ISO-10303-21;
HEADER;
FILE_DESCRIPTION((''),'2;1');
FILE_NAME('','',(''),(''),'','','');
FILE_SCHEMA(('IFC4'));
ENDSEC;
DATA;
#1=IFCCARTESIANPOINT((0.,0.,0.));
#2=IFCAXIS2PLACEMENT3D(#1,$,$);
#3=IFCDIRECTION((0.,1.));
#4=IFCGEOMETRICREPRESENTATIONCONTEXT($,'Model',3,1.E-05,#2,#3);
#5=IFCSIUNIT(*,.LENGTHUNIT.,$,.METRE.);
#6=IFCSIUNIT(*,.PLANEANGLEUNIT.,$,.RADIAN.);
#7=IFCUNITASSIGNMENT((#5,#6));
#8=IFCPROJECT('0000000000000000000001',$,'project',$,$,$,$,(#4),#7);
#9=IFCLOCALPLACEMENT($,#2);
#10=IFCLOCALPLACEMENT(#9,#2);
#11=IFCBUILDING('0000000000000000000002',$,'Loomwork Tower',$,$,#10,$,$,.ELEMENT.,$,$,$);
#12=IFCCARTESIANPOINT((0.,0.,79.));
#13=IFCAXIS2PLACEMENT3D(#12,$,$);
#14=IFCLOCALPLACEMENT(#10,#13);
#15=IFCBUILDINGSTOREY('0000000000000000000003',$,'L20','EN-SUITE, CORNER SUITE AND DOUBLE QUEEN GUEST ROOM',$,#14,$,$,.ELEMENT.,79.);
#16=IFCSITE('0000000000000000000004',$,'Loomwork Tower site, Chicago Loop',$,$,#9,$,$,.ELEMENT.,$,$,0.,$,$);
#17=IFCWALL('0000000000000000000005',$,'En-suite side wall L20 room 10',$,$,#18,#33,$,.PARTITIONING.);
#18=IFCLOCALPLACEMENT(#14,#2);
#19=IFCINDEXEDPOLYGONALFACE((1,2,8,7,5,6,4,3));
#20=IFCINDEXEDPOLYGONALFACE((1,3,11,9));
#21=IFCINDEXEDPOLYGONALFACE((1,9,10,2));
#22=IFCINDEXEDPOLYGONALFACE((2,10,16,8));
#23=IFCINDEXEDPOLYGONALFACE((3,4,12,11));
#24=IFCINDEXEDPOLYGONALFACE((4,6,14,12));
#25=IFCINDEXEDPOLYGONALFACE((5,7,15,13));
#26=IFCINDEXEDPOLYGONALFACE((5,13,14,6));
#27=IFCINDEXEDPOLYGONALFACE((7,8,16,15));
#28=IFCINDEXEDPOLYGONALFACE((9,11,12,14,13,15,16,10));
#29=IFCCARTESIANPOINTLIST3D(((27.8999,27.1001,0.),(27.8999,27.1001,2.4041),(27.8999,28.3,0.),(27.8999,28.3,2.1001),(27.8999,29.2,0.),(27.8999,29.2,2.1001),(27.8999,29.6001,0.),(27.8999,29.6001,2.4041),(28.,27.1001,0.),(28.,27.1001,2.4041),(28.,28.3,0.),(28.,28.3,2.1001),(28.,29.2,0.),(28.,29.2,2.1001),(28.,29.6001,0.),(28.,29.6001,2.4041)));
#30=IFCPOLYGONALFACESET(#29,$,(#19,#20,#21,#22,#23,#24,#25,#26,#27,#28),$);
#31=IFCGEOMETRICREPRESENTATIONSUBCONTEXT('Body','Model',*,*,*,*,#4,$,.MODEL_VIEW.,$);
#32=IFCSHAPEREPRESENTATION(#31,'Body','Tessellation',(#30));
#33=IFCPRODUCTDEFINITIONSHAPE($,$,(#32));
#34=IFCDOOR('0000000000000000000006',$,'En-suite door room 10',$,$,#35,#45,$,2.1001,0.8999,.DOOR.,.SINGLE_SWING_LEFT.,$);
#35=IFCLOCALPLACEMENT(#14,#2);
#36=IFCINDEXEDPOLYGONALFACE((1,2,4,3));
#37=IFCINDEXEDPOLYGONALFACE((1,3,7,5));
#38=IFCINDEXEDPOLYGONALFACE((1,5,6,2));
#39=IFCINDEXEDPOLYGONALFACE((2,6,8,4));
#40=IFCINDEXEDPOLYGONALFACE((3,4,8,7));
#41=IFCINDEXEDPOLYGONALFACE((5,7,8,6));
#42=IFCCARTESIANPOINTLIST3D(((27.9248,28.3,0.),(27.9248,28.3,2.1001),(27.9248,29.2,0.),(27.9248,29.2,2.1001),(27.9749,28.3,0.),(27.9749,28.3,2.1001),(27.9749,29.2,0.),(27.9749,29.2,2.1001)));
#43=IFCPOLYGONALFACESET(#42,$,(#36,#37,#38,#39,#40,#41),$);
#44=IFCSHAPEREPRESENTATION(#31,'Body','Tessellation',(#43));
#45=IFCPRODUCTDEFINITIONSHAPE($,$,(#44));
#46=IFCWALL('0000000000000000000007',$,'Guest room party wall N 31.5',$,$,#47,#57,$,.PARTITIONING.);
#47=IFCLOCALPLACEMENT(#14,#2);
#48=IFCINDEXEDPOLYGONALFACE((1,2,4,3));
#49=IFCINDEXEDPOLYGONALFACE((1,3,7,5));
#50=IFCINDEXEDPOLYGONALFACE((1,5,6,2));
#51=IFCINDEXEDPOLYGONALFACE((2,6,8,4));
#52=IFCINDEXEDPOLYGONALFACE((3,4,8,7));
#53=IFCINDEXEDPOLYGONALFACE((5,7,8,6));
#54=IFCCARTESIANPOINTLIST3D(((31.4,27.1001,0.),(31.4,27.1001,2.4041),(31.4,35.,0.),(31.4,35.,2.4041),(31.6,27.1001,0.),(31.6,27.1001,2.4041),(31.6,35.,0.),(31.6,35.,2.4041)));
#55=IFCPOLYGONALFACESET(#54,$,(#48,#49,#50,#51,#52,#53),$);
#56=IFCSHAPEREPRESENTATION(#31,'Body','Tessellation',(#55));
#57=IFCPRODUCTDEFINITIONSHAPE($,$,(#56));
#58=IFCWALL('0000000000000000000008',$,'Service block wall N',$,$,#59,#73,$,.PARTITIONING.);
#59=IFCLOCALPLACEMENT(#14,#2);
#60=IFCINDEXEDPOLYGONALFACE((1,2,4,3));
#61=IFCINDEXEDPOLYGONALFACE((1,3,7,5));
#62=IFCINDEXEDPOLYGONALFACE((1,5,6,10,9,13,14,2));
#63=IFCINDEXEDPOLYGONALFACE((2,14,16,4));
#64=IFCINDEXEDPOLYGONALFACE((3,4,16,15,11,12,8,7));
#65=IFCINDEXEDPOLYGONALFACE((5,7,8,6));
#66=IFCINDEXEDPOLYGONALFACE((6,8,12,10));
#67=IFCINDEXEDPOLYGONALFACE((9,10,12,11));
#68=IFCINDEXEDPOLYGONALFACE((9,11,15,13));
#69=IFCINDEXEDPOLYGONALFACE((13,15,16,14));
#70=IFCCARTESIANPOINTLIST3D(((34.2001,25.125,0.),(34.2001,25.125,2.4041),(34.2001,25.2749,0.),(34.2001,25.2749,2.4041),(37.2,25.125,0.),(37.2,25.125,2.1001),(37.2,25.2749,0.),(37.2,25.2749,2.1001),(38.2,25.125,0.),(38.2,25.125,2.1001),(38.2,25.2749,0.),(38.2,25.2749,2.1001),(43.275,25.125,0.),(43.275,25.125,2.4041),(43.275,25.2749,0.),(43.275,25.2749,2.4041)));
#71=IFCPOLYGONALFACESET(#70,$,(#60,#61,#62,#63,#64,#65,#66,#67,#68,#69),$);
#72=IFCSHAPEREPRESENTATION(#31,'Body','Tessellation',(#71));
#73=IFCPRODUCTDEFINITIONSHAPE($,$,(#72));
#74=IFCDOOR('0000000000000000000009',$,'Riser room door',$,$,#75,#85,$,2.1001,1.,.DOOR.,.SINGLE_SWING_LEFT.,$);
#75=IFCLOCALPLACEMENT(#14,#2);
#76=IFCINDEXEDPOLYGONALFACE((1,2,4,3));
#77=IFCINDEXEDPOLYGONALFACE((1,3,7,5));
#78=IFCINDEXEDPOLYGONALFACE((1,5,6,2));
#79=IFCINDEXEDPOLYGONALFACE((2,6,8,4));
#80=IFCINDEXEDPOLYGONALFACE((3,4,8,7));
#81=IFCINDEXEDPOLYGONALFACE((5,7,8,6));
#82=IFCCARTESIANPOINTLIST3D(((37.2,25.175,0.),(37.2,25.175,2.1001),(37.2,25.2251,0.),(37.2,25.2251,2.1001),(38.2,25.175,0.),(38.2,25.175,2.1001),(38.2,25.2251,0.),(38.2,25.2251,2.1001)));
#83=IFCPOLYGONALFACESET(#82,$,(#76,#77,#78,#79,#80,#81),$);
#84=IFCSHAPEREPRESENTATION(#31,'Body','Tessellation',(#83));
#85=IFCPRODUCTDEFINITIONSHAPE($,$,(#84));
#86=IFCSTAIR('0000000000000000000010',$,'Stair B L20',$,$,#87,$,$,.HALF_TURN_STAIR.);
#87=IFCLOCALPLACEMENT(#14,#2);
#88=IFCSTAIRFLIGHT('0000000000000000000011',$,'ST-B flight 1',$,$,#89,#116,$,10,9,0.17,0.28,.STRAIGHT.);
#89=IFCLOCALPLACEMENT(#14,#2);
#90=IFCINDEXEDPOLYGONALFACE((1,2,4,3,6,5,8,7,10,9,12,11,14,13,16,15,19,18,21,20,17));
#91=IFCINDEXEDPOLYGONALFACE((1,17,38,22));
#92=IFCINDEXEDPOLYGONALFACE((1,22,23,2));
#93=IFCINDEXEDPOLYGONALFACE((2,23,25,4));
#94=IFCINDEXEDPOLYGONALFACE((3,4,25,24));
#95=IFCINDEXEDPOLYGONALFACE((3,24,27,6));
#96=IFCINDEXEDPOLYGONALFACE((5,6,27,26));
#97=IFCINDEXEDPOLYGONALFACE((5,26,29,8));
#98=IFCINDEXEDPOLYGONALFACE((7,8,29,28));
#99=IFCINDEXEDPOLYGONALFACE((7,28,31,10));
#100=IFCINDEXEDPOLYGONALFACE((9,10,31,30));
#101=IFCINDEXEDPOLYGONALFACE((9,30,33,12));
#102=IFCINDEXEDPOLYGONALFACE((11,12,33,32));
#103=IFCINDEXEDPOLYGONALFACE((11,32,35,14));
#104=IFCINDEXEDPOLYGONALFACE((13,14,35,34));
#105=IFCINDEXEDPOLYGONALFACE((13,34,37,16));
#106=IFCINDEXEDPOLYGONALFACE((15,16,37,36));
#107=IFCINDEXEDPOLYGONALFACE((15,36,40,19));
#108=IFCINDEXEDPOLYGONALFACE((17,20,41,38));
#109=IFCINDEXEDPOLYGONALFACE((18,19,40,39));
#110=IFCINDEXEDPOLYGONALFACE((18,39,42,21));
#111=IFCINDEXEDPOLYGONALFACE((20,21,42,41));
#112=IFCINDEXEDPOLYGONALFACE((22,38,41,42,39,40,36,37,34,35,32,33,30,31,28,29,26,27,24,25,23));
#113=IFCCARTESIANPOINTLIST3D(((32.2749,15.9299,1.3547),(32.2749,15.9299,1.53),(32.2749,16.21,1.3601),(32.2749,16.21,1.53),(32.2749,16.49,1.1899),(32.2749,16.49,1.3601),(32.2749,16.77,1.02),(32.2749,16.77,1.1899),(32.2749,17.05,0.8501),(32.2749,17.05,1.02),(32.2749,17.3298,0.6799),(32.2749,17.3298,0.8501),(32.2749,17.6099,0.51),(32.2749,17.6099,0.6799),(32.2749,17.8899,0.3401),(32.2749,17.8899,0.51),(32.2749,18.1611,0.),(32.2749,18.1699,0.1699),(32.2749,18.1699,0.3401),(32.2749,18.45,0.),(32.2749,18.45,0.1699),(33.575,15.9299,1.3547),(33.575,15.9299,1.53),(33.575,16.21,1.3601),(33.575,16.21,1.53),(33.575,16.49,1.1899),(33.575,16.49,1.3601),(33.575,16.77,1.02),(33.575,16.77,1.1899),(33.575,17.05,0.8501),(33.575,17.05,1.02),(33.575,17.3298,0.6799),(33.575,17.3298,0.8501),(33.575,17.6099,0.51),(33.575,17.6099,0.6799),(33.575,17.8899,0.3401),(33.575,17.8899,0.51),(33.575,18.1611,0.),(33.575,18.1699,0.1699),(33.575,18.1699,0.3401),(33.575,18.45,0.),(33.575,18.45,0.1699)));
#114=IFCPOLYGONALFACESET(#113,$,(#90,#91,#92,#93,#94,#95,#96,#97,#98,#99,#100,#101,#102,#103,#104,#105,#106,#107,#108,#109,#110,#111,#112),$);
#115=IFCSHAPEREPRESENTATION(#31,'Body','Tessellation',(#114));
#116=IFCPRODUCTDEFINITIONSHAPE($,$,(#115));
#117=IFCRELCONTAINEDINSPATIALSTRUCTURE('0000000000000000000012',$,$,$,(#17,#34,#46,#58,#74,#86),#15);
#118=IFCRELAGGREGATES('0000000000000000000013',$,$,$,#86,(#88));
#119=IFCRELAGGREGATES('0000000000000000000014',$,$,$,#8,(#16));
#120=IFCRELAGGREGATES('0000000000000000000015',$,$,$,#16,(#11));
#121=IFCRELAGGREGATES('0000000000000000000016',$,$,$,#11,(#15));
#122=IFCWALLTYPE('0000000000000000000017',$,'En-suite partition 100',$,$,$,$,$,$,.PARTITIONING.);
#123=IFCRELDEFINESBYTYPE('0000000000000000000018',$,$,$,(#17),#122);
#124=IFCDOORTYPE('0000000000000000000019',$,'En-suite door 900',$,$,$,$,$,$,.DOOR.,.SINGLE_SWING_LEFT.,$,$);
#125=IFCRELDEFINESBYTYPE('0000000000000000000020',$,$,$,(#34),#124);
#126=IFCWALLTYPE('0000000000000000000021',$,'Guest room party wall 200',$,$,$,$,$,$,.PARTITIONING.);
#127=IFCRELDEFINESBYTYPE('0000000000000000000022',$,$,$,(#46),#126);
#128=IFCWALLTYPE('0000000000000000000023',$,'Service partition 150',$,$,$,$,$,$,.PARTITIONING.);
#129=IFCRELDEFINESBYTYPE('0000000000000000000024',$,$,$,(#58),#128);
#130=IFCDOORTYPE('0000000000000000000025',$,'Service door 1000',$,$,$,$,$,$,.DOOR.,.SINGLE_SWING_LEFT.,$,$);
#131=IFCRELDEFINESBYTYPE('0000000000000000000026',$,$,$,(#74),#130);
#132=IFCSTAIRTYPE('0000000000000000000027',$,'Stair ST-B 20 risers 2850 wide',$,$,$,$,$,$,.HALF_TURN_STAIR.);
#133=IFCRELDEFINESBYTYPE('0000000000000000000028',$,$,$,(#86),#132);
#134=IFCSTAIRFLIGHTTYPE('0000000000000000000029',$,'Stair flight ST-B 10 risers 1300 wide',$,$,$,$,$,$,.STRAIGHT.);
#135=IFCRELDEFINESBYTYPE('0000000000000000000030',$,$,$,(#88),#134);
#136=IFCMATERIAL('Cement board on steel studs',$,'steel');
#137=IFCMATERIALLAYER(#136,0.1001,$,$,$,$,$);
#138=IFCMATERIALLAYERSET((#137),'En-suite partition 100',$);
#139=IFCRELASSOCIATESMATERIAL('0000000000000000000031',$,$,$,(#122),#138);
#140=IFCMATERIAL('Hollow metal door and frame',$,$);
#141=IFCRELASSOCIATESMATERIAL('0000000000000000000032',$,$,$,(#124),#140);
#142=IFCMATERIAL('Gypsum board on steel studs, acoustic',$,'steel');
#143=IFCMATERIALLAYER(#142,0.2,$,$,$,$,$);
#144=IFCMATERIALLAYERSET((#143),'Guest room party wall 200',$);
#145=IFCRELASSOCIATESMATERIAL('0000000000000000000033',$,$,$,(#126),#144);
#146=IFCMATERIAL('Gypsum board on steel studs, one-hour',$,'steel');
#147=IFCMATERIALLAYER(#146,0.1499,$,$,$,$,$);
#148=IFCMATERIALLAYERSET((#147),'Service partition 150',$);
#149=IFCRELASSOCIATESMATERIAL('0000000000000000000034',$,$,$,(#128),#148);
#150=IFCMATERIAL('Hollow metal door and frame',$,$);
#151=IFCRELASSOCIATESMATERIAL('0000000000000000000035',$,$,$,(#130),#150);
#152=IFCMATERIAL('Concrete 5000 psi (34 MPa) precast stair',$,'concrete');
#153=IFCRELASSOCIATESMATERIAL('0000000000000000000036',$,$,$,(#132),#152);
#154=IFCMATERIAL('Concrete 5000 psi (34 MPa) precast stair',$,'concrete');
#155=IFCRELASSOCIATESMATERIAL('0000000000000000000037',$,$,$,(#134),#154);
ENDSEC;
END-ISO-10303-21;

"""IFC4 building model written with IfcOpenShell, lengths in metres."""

from ifc_helpers import new_model, si_unit, direction, frame, frame_2d, origin, place, context, subcontext, project, spatial, polyline, rectangle, outline, extrude, material, layer, layer_set, type_object, element, fill, aggregate, save


model = new_model("IFC4")

# Units and contexts
model_context = context("Model", 3, precision=1e-05, world=origin(), true_north=direction((0.0, 1.0)))
body_context = subcontext(model_context, "Body", "Model", "MODEL_VIEW")
ifc_project = project(units=[si_unit("LENGTHUNIT", "METRE"), si_unit("PLANEANGLEUNIT", "RADIAN")], contexts=[model_context])

# Site, building, storey
site_placement = place(None, origin())
site = spatial("IfcSite", under=ifc_project, at=site_placement, Name="Loomwork Tower site, Chicago Loop", CompositionType="ELEMENT", RefElevation=0.0)
building_placement = place(site_placement, origin())
building = spatial("IfcBuilding", under=site, at=building_placement, Name="Loomwork Tower", CompositionType="ELEMENT")
storey_placement = place(building_placement, frame((0.0, 0.0, 79.0)))
storey = spatial("IfcBuildingStorey", under=building, at=storey_placement, Name="L20", Description="EN-SUITE, CORNER SUITE AND DOUBLE QUEEN GUEST ROOM", CompositionType="ELEMENT", Elevation=79.0)

# Shared definitions
ifc_material_1 = material(Name="Cement board on steel studs", Category="steel")
ifc_layer_1 = layer(ifc_material_1, 0.1001)
ifc_layer_set_1 = layer_set([ifc_layer_1], Name="En-suite partition 100")
wall_type_1 = type_object("IfcWallType", Name="En-suite partition 100", PredefinedType="PARTITIONING", material=ifc_layer_set_1)

# Wall, opening, door
wall_1_placement = place(storey_placement, frame((27.95, 27.1001, 0.0), z_axis=(0.0, 0.0, 1.0), x_axis=(0.0, 1.0, 0.0)))
wall_1 = element("IfcWall", 1, at=wall_1_placement, inside=storey, type_object=wall_type_1, Name="En-suite side wall L20 room 10", PredefinedType="PARTITIONING", context=body_context, shape_type="SweptSolid", body=[
    extrude(rectangle(XDim=2.5, YDim=0.1001, at=frame_2d((1.25, 0.0))), origin(), (0.0, 0.0, 1.0), 2.4041),
])
opening_1_placement = place(wall_1_placement, frame((1.2, 0.0, 0.0)))
opening_1 = element("IfcOpeningElement", 2, at=opening_1_placement, cuts=wall_1, PredefinedType="OPENING", context=body_context, shape_type="SweptSolid", body=[
    extrude(rectangle(XDim=0.8999, YDim=2.1001, at=frame_2d((0.45, 1.05))), frame((0.0, 0.0601, 0.0), z_axis=(0.0, -1.0, 0.0), x_axis=(1.0, 0.0, 0.0)), (0.0, 0.0, 1.0), 0.1201),
])
ifc_material_2 = material(Name="Hollow metal door and frame")
door_type_1 = type_object("IfcDoorType", Name="En-suite door 900", OperationType="SINGLE_SWING_LEFT", PredefinedType="DOOR", material=ifc_material_2)
door_1_placement = place(opening_1_placement, frame((0.8999, 0.0, 0.0), z_axis=(0.0, 0.0, 1.0), x_axis=(-1.0, 0.0, 0.0)))
door_1 = element("IfcDoor", 3, at=door_1_placement, inside=storey, type_object=door_type_1, Name="En-suite door room 10", OperationType="SINGLE_SWING_LEFT", OverallHeight=2.1001, OverallWidth=0.8999, PredefinedType="DOOR", context=body_context, shape_type="SweptSolid", body=[
    extrude(rectangle(XDim=0.8999, YDim=2.1001, at=frame_2d((0.45, 1.05))), frame((0.0, 0.0249, 0.0), z_axis=(0.0, -1.0, 0.0), x_axis=(1.0, 0.0, 0.0)), (0.0, 0.0, 1.0), 0.05),
])
fill(opening_1, door_1)

# Wall
ifc_material_3 = material(Name="Gypsum board on steel studs, acoustic", Category="steel")
ifc_layer_2 = layer(ifc_material_3, 0.2)
ifc_layer_set_2 = layer_set([ifc_layer_2], Name="Guest room party wall 200")
wall_type_2 = type_object("IfcWallType", Name="Guest room party wall 200", PredefinedType="PARTITIONING", material=ifc_layer_set_2)
wall_2_placement = place(storey_placement, frame((31.5, 27.1001, 0.0), z_axis=(0.0, 0.0, 1.0), x_axis=(0.0, 1.0, 0.0)))
element("IfcWall", 4, at=wall_2_placement, inside=storey, type_object=wall_type_2, Name="Guest room party wall N 31.5", PredefinedType="PARTITIONING", context=body_context, shape_type="SweptSolid", body=[
    extrude(rectangle(XDim=7.8999, YDim=0.2, at=frame_2d((3.95, 0.0))), origin(), (0.0, 0.0, 1.0), 2.4041),
])

# Wall, opening, door
ifc_material_4 = material(Name="Gypsum board on steel studs, one-hour", Category="steel")
ifc_layer_3 = layer(ifc_material_4, 0.1499)
ifc_layer_set_3 = layer_set([ifc_layer_3], Name="Service partition 150")
wall_type_3 = type_object("IfcWallType", Name="Service partition 150", PredefinedType="PARTITIONING", material=ifc_layer_set_3)
wall_3_placement = place(storey_placement, frame((34.2, 25.2, 0.0), z_axis=(0.0, 0.0, 1.0), x_axis=(1.0, 0.0, 0.0)))
wall_3 = element("IfcWall", 5, at=wall_3_placement, inside=storey, type_object=wall_type_3, Name="Service block wall N", PredefinedType="PARTITIONING", context=body_context, shape_type="SweptSolid", body=[
    extrude(rectangle(XDim=9.075, YDim=0.1499, at=frame_2d((4.5376, 0.0))), origin(), (0.0, 0.0, 1.0), 2.4041),
])
opening_2_placement = place(wall_3_placement, frame((3.0, 0.0, 0.0)))
opening_2 = element("IfcOpeningElement", 6, at=opening_2_placement, cuts=wall_3, PredefinedType="OPENING", context=body_context, shape_type="SweptSolid", body=[
    extrude(rectangle(XDim=1.0, YDim=2.1001, at=frame_2d((0.5, 1.05))), frame((0.0, 0.085, 0.0), z_axis=(0.0, -1.0, 0.0), x_axis=(1.0, 0.0, 0.0)), (0.0, 0.0, 1.0), 0.1699),
])
ifc_material_5 = material(Name="Hollow metal door and frame")
door_type_2 = type_object("IfcDoorType", Name="Service door 1000", OperationType="SINGLE_SWING_LEFT", PredefinedType="DOOR", material=ifc_material_5)
door_2_placement = place(opening_2_placement, frame((1.0, 0.0, 0.0), z_axis=(0.0, 0.0, 1.0), x_axis=(-1.0, 0.0, 0.0)))
door_2 = element("IfcDoor", 7, at=door_2_placement, inside=storey, type_object=door_type_2, Name="Riser room door", OperationType="SINGLE_SWING_LEFT", OverallHeight=2.1001, OverallWidth=1.0, PredefinedType="DOOR", context=body_context, shape_type="SweptSolid", body=[
    extrude(rectangle(XDim=1.0, YDim=2.1001, at=frame_2d((0.5, 1.05))), frame((0.0, 0.0249, 0.0), z_axis=(0.0, -1.0, 0.0), x_axis=(1.0, 0.0, 0.0)), (0.0, 0.0, 1.0), 0.05),
])
fill(opening_2, door_2)

# Stair, stair flight
ifc_material_6 = material(Name="Concrete 5000 psi (34 MPa) precast stair", Category="concrete")
stair_type = type_object("IfcStairType", Name="Stair ST-B 20 risers 2850 wide", PredefinedType="HALF_TURN_STAIR", material=ifc_material_6)
stair_placement = place(storey_placement, origin())
stair = element("IfcStair", 8, at=stair_placement, inside=storey, type_object=stair_type, Name="Stair B L20", PredefinedType="HALF_TURN_STAIR")
ifc_material_7 = material(Name="Concrete 5000 psi (34 MPa) precast stair", Category="concrete")
stair_flight_type = type_object("IfcStairFlightType", Name="Stair flight ST-B 10 risers 1300 wide", PredefinedType="STRAIGHT", material=ifc_material_7)
stair_flight_placement = place(storey_placement, frame((32.925, 18.45, 0.0), z_axis=(0.0, 0.0, 1.0), x_axis=(0.0, -1.0, 0.0)))
stair_flight = element("IfcStairFlight", 9, at=stair_flight_placement, type_object=stair_flight_type, Name="ST-B flight 1", NumberOfRisers=10, NumberOfTreads=9, PredefinedType="STRAIGHT", RiserHeight=0.17, TreadLength=0.28, context=body_context, shape_type="SweptSolid", body=[
    extrude(outline(polyline([(0.0, 0.0), (0.0, 0.1699), (0.28, 0.1699), (0.28, 0.3401), (0.5601, 0.3401), (0.5601, 0.51), (0.8401, 0.51), (0.8401, 0.6799), (1.1201, 0.6799), (1.1201, 0.8501), (1.3999, 0.8501), (1.3999, 1.02), (1.6799, 1.02), (1.6799, 1.1899), (1.96, 1.1899), (1.96, 1.3601), (2.24, 1.3601), (2.24, 1.53), (2.52, 1.53), (2.52, 1.7), (2.52, 1.3547), (0.2888, 0.0), (0.0, 0.0)])), frame((0.0, 0.6499, 0.0), z_axis=(0.0, -1.0, 0.0), x_axis=(1.0, 0.0, 0.0)), (0.0, 0.0, 1.0), 1.3),
])
aggregate(stair, [stair_flight])

save(model, "model.ifc")
